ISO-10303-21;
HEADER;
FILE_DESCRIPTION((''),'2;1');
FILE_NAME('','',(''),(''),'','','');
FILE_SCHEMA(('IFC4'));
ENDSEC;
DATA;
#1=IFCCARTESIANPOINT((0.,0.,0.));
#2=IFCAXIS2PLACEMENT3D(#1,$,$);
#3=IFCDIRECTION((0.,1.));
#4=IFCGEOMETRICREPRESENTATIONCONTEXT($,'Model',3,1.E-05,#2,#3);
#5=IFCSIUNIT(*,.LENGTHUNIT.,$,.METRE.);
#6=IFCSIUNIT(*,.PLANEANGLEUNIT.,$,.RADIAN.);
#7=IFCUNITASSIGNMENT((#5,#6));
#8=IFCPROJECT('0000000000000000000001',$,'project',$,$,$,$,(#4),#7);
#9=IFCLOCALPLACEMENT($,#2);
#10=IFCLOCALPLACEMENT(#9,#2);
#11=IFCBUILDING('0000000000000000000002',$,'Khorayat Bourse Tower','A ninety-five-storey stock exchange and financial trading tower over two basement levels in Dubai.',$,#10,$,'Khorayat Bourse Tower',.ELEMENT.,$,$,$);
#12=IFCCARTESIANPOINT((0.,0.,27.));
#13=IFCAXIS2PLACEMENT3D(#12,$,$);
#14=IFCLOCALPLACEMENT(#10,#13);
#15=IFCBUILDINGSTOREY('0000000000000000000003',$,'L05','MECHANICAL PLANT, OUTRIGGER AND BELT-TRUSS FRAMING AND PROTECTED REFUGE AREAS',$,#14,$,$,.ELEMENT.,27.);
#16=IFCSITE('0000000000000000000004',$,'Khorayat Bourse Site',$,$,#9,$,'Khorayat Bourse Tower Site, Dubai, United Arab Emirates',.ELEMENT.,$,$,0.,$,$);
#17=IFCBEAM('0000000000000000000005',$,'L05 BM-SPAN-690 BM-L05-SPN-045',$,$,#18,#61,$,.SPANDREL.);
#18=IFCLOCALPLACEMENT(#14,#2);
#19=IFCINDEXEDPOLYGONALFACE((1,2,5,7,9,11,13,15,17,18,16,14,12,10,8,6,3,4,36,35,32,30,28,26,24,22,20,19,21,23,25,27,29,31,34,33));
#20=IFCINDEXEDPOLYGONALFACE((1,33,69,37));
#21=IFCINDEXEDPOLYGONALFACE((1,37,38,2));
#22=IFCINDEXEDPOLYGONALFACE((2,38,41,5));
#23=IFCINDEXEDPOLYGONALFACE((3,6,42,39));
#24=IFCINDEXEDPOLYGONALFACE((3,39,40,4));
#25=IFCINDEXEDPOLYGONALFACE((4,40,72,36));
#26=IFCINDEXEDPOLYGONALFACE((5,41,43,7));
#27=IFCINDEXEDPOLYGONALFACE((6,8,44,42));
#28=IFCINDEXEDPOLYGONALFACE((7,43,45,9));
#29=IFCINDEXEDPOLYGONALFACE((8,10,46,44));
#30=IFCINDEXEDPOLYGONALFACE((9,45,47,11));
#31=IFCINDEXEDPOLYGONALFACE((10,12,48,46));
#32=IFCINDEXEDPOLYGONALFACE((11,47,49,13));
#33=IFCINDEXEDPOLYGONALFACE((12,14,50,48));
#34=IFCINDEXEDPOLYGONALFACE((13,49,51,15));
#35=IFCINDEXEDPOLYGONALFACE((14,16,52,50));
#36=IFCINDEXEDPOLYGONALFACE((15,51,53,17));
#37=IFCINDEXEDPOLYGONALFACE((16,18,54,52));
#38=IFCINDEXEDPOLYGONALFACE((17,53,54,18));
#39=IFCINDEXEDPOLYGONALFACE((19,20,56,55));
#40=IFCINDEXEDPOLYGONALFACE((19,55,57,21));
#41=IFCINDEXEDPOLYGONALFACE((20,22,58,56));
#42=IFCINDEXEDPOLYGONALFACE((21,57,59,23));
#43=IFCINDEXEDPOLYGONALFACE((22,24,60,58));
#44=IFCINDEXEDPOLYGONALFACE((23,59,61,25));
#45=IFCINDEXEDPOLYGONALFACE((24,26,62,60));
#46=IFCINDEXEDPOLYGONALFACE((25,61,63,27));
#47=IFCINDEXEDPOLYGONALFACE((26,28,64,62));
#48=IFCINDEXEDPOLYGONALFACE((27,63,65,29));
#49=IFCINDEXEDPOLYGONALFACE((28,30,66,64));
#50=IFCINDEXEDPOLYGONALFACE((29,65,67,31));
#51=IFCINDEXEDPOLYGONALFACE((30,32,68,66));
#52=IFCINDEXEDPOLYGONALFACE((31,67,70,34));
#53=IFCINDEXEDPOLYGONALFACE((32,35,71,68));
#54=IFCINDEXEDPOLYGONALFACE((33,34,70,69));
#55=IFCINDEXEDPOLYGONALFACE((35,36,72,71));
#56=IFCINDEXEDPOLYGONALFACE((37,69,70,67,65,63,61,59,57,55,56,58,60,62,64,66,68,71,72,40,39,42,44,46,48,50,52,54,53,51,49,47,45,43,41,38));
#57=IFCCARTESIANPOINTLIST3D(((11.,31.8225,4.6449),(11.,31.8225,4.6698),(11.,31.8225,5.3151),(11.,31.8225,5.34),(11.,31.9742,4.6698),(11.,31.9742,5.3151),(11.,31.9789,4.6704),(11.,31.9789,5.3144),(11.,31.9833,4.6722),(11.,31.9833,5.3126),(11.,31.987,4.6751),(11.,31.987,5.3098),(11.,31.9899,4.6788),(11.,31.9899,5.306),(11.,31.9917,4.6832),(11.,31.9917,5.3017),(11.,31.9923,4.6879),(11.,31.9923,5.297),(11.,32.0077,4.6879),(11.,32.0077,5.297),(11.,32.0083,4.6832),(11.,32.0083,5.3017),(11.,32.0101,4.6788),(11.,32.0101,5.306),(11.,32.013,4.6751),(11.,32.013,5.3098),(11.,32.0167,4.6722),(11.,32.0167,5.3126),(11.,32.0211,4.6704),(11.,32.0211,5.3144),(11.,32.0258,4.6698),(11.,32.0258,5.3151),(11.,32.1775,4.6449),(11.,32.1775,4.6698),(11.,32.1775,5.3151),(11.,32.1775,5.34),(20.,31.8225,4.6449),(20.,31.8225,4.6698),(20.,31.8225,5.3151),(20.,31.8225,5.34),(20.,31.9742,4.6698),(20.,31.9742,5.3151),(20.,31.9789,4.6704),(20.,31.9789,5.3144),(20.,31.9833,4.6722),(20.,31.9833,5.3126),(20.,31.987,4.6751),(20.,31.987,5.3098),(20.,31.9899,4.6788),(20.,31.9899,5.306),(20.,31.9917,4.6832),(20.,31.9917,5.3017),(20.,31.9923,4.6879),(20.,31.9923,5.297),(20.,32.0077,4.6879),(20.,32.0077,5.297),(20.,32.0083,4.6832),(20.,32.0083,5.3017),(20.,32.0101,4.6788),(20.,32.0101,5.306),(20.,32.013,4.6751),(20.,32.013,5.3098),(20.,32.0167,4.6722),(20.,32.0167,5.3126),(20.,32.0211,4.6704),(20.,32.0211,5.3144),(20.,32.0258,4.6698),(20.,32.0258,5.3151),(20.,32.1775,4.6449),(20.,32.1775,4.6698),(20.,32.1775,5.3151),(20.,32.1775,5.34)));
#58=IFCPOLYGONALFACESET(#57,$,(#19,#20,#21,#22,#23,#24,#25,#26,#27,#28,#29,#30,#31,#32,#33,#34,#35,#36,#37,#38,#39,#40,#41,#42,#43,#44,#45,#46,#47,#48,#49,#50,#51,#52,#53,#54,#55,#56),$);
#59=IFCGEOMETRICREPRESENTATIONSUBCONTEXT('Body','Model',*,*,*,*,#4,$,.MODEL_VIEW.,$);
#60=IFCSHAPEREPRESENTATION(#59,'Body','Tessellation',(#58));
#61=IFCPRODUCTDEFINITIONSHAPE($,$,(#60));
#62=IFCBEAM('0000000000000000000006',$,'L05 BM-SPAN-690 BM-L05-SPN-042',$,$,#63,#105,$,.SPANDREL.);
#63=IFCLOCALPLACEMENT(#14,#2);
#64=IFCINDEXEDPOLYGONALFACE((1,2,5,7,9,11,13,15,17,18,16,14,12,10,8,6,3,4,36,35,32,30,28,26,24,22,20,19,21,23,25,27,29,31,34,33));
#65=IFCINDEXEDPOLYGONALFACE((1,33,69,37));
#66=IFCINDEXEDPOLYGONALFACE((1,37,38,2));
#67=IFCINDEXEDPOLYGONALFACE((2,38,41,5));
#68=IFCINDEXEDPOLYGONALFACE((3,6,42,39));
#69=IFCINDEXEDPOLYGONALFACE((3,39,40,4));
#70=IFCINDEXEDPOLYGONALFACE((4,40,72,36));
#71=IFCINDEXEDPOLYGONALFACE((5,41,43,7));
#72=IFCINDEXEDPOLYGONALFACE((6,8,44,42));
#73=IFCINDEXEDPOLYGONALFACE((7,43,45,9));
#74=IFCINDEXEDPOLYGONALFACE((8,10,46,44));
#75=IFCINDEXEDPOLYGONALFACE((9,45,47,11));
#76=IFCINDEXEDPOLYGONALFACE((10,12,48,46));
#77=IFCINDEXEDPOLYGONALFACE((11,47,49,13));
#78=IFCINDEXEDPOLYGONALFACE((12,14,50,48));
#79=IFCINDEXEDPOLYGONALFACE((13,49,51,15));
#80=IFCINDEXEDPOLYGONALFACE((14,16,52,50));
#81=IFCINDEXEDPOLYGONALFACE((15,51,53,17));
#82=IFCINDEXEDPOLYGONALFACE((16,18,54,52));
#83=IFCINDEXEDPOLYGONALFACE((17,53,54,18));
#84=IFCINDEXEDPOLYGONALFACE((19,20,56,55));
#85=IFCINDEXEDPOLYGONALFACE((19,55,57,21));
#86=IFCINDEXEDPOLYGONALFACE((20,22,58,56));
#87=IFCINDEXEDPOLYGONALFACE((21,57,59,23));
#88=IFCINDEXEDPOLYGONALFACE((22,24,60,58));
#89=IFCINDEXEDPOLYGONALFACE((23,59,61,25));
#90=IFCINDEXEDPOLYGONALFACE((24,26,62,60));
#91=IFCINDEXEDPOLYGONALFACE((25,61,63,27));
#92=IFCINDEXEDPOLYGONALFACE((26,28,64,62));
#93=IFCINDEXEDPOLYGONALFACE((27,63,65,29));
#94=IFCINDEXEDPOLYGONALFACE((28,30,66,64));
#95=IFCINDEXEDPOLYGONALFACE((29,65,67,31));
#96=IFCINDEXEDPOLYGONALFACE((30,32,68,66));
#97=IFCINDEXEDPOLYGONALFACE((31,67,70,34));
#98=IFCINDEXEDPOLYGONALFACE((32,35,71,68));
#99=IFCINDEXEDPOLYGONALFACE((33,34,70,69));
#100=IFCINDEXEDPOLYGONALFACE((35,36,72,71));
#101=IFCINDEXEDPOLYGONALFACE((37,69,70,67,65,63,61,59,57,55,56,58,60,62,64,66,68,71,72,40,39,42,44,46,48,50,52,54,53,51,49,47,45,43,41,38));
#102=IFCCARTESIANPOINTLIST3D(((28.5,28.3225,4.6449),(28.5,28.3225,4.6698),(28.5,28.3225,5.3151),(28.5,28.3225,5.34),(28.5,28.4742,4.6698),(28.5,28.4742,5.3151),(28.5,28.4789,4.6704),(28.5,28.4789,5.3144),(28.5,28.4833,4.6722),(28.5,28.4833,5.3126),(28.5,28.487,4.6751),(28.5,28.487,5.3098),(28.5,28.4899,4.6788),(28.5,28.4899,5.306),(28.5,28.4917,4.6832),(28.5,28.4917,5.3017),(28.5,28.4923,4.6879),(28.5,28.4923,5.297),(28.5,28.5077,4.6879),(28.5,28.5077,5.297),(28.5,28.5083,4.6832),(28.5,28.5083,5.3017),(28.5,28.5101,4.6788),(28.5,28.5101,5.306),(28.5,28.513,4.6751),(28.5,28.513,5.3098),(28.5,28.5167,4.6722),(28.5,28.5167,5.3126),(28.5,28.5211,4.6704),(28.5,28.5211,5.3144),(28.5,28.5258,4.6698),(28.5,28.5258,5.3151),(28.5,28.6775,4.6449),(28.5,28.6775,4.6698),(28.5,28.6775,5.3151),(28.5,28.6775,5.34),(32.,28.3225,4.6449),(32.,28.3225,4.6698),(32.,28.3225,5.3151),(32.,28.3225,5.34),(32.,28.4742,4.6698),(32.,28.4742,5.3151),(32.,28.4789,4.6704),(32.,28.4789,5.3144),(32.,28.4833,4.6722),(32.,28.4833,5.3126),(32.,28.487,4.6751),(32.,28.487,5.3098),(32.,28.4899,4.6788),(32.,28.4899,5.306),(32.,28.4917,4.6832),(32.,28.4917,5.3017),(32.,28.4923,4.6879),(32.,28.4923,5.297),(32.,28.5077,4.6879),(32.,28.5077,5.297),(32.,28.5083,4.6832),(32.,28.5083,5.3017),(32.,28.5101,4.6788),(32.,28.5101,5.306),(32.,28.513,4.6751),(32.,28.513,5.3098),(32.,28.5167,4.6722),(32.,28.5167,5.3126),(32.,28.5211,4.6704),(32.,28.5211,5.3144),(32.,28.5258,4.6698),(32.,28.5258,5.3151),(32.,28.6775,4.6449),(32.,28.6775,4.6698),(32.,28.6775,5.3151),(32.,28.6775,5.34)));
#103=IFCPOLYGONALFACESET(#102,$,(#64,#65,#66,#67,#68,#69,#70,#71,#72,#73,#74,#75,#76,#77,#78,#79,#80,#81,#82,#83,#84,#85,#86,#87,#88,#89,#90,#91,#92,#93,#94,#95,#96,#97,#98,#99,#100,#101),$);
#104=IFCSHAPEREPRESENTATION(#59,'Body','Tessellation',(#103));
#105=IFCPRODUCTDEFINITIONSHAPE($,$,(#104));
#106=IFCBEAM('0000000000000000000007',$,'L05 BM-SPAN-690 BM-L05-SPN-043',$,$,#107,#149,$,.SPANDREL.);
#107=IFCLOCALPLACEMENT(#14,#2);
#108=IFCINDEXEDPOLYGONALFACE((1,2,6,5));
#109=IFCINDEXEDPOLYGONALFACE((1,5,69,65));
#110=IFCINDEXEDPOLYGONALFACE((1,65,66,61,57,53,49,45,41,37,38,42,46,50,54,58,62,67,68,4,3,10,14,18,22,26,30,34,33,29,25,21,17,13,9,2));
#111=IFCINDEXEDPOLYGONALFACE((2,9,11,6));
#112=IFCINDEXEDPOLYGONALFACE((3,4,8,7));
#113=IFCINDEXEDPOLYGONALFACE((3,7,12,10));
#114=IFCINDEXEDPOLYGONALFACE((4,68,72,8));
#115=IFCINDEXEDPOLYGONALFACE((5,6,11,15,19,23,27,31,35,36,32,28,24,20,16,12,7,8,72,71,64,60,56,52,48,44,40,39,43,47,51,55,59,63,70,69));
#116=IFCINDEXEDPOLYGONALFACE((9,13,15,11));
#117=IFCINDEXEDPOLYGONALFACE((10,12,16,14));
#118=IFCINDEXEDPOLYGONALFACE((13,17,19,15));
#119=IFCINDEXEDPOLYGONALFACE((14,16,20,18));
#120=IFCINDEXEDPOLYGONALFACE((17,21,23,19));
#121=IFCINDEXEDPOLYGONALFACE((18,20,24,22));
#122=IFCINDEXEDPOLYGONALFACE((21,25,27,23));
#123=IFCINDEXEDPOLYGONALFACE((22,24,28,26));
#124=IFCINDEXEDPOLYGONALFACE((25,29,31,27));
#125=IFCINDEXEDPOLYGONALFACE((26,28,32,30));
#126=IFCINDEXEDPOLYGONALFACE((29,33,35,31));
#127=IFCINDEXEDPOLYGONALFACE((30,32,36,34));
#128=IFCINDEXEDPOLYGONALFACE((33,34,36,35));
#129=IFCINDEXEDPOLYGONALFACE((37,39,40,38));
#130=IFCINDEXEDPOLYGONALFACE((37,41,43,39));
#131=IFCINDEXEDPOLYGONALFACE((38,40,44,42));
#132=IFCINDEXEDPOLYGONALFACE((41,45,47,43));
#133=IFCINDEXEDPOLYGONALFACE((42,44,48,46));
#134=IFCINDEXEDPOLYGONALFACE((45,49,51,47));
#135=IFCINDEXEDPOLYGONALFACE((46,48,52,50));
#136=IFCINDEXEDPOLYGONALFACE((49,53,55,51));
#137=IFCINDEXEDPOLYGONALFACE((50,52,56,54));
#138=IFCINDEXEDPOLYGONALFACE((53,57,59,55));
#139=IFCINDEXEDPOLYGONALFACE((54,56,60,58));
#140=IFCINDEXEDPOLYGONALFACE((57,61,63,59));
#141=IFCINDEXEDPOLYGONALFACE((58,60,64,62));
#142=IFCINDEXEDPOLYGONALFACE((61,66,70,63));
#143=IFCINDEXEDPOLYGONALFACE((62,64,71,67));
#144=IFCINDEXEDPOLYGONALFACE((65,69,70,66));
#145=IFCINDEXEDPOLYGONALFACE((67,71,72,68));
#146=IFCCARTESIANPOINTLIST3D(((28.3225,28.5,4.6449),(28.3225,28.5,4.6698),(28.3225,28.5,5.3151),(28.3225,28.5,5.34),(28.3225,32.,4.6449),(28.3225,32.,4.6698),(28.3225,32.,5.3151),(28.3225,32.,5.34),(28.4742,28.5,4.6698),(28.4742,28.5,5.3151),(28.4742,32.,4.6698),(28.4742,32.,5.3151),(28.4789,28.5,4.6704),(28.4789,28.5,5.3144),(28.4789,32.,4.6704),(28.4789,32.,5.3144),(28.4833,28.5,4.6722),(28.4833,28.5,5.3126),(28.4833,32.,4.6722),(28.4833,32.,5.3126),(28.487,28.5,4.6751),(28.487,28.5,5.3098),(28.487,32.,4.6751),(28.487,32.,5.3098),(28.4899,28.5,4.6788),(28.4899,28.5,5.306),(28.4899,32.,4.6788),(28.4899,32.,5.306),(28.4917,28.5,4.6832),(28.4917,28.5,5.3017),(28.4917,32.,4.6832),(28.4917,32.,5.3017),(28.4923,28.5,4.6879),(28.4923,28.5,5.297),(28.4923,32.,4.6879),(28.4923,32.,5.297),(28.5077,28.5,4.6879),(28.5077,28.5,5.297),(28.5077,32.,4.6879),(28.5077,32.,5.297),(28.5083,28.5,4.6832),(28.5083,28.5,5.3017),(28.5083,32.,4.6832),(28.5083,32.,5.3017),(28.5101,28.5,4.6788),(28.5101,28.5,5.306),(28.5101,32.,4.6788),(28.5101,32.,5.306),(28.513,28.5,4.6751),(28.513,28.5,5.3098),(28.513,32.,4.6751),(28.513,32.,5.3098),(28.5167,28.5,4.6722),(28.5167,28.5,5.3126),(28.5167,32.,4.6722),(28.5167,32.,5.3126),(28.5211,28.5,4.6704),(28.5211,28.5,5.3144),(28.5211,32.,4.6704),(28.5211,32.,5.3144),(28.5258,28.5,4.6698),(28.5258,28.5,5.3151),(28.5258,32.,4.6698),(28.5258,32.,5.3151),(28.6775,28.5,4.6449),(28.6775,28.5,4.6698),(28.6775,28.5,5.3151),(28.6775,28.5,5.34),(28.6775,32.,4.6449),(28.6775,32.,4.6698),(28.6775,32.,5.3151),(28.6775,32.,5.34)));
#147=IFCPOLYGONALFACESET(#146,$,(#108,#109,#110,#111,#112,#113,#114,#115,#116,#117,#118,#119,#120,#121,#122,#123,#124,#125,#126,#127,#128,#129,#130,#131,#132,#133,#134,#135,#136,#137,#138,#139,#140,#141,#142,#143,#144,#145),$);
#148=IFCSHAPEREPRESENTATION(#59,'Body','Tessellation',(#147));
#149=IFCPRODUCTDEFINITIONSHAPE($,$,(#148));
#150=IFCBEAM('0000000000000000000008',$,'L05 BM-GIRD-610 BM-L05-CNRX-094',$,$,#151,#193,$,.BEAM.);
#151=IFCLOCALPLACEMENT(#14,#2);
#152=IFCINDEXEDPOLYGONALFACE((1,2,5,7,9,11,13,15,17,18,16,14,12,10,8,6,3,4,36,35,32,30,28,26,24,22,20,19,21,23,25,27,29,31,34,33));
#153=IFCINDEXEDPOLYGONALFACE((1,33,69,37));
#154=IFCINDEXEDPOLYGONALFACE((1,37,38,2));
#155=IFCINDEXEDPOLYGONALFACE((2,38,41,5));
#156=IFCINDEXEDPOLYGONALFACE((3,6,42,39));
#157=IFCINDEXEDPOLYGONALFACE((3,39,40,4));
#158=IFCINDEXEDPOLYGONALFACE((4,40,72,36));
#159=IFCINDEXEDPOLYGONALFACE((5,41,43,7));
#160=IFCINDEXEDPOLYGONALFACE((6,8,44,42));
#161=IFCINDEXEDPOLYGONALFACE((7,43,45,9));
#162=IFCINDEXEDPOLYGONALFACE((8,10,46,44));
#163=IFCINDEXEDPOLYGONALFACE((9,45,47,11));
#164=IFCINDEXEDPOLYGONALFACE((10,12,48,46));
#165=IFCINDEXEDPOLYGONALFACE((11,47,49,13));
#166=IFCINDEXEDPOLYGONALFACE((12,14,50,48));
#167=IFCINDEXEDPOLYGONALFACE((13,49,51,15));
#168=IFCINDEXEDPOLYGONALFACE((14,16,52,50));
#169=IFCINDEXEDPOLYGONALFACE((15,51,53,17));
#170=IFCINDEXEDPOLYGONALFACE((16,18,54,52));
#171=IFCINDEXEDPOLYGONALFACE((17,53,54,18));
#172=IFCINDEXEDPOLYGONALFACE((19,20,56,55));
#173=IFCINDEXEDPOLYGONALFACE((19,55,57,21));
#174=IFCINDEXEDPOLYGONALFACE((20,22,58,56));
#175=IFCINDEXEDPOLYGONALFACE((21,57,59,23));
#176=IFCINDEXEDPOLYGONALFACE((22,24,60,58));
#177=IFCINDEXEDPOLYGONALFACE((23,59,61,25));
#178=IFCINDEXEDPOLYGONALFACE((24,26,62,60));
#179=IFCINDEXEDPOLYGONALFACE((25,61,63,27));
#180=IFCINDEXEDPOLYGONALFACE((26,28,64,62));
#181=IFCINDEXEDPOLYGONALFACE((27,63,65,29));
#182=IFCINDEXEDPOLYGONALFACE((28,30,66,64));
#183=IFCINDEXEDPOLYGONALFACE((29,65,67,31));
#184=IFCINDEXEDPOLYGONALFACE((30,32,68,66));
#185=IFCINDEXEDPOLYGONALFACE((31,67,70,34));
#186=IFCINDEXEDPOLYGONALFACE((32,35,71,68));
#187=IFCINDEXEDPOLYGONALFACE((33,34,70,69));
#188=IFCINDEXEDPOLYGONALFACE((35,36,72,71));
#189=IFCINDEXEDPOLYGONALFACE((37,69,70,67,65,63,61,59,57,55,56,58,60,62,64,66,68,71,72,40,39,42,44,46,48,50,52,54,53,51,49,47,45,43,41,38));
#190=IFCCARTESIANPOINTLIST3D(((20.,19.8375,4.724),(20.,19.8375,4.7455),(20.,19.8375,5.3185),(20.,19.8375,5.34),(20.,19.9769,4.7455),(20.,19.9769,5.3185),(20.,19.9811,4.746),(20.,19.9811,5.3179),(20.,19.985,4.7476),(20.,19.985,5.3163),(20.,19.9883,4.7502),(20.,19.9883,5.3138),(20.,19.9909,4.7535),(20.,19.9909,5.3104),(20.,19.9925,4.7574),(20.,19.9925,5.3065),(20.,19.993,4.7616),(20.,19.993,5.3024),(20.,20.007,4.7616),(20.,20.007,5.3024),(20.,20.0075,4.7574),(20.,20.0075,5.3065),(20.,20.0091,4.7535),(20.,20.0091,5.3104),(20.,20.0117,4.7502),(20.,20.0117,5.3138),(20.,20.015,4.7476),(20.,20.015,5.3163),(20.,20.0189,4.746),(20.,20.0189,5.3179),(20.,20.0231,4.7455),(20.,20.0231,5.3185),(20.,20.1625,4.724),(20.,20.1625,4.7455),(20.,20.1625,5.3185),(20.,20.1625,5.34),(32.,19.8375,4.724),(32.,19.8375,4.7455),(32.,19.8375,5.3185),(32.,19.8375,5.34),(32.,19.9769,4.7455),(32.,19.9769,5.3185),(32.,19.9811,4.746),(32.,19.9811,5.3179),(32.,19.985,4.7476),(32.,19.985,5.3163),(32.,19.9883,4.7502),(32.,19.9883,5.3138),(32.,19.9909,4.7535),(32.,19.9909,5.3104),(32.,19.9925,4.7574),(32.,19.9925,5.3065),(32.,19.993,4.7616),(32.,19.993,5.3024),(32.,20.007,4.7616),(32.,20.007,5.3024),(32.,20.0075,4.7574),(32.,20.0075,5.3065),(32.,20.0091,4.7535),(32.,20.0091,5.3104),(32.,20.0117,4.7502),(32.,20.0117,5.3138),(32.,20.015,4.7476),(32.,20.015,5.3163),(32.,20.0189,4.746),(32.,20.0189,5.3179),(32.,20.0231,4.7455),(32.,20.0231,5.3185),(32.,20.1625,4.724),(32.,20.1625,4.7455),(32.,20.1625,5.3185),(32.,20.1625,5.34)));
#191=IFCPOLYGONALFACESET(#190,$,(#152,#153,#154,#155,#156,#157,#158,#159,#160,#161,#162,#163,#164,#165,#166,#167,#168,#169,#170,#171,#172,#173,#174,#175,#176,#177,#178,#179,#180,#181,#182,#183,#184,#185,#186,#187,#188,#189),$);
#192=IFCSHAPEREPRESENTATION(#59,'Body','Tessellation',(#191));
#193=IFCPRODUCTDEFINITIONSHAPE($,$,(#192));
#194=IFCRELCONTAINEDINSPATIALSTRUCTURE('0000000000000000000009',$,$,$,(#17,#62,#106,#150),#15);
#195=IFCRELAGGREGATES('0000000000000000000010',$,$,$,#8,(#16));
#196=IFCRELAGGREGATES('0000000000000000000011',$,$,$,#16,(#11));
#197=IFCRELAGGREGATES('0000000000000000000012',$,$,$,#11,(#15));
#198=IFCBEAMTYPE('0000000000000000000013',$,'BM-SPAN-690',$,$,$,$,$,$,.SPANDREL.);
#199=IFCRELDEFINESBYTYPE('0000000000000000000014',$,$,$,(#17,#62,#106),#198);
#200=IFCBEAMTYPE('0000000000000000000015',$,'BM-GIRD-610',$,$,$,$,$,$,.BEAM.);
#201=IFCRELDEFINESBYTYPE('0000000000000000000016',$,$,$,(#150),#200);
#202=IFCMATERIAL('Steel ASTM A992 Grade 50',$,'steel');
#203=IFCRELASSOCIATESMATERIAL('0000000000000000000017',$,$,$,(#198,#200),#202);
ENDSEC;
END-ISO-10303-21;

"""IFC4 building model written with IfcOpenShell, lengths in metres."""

from ifc_helpers import new_model, si_unit, direction, frame, origin, origin_2d, place, context, subcontext, project, spatial, i_section, extrude, source, transform, mapped, material, material_profile, profile_set, type_object, element, save


model = new_model("IFC4")

# Units and contexts
model_context = context("Model", 3, precision=1e-05, world=origin(), true_north=direction((0.0, 1.0)))
body_context = subcontext(model_context, "Body", "Model", "MODEL_VIEW")
ifc_project = project(units=[si_unit("LENGTHUNIT", "METRE"), si_unit("PLANEANGLEUNIT", "RADIAN")], contexts=[model_context])

# Site, building, storey
site_placement = place(None, origin())
site = spatial("IfcSite", under=ifc_project, at=site_placement, Name="Khorayat Bourse Site", LongName="Khorayat Bourse Tower Site, Dubai, United Arab Emirates", CompositionType="ELEMENT", RefElevation=0.0)
building_placement = place(site_placement, origin())
building = spatial("IfcBuilding", under=site, at=building_placement, Name="Khorayat Bourse Tower", Description="A ninety-five-storey stock exchange and financial trading tower over two basement levels in Dubai.", LongName="Khorayat Bourse Tower", CompositionType="ELEMENT")
storey_placement = place(building_placement, frame((0.0, 0.0, 27.0)))
storey = spatial("IfcBuildingStorey", under=building, at=storey_placement, Name="L05", Description="MECHANICAL PLANT, OUTRIGGER AND BELT-TRUSS FRAMING AND PROTECTED REFUGE AREAS", CompositionType="ELEMENT", Elevation=27.0)

# Beams
ifc_material_1 = material(Name="Steel ASTM A992 Grade 50", Category="steel")
ifc_material_profile_1 = material_profile(ifc_material_1, i_section(OverallWidth=0.355, OverallDepth=0.6951, WebThickness=0.0154, FlangeThickness=0.0249, FilletRadius=0.0181, at=origin_2d()), Name="W690X217")
ifc_profile_set_1 = profile_set([ifc_material_profile_1], Name="Steel ASTM A992 Grade 50")
beam_type_1 = type_object("IfcBeamType", Name="BM-SPAN-690", PredefinedType="SPANDREL", material=ifc_profile_set_1)
shared_shape_1 = source(origin(), body_context, "Body", "SweptSolid", [
    extrude(i_section(OverallWidth=0.355, OverallDepth=0.6951, WebThickness=0.0154, FlangeThickness=0.0249, FilletRadius=0.0181, at=origin_2d()), origin(), (0.0, 0.0, 1.0), 9.0),
])
beam_1_placement = place(storey_placement, frame((11.0, 32.0, 4.9924), z_axis=(1.0, 0.0, 0.0), x_axis=(0.0, 1.0, 0.0)))
element("IfcBeam", 1, at=beam_1_placement, inside=storey, type_object=beam_type_1, Name="L05 BM-SPAN-690 BM-L05-SPN-045", PredefinedType="SPANDREL", context=body_context, shape_type="MappedRepresentation", body=[
    mapped(shared_shape_1, transform((0.0, 0.0, 0.0), scale=1.0)),
])
shared_shape_2 = source(origin(), body_context, "Body", "SweptSolid", [
    extrude(i_section(OverallWidth=0.355, OverallDepth=0.6951, WebThickness=0.0154, FlangeThickness=0.0249, FilletRadius=0.0181, at=origin_2d()), origin(), (0.0, 0.0, 1.0), 3.5),
])
for number, where, z_axis, x_axis, name in (
    (2, (28.5, 28.5, 4.9924), (1.0, 0.0, 0.0), (0.0, 1.0, 0.0), "L05 BM-SPAN-690 BM-L05-SPN-042"),
    (3, (28.5, 28.5, 4.9924), (0.0, 1.0, 0.0), (-1.0, 0.0, 0.0), "L05 BM-SPAN-690 BM-L05-SPN-043"),
):
    element("IfcBeam", number, at=place(storey_placement, frame(where, z_axis=z_axis, x_axis=x_axis)), inside=storey, type_object=beam_type_1, Name=name, PredefinedType="SPANDREL", context=body_context, shape_type="MappedRepresentation", body=[
        mapped(shared_shape_2, transform((0.0, 0.0, 0.0), scale=1.0)),
    ])
ifc_material_profile_2 = material_profile(ifc_material_1, i_section(OverallWidth=0.325, OverallDepth=0.616, WebThickness=0.0139, FlangeThickness=0.0215, FilletRadius=0.0161, at=origin_2d()), Name="W610X174")
ifc_profile_set_2 = profile_set([ifc_material_profile_2], Name="Steel ASTM A992 Grade 50")
beam_type_2 = type_object("IfcBeamType", Name="BM-GIRD-610", PredefinedType="BEAM", material=ifc_profile_set_2)
shared_shape_3 = source(origin(), body_context, "Body", "SweptSolid", [
    extrude(i_section(OverallWidth=0.325, OverallDepth=0.616, WebThickness=0.0139, FlangeThickness=0.0215, FilletRadius=0.0161, at=origin_2d()), origin(), (0.0, 0.0, 1.0), 12.0),
])
beam_2_placement = place(storey_placement, frame((20.0, 20.0, 5.032), z_axis=(1.0, 0.0, 0.0), x_axis=(0.0, 1.0, 0.0)))
element("IfcBeam", 4, at=beam_2_placement, inside=storey, type_object=beam_type_2, Name="L05 BM-GIRD-610 BM-L05-CNRX-094", PredefinedType="BEAM", context=body_context, shape_type="MappedRepresentation", body=[
    mapped(shared_shape_3, transform((0.0, 0.0, 0.0), scale=1.0)),
])

save(model, "model.ifc")
